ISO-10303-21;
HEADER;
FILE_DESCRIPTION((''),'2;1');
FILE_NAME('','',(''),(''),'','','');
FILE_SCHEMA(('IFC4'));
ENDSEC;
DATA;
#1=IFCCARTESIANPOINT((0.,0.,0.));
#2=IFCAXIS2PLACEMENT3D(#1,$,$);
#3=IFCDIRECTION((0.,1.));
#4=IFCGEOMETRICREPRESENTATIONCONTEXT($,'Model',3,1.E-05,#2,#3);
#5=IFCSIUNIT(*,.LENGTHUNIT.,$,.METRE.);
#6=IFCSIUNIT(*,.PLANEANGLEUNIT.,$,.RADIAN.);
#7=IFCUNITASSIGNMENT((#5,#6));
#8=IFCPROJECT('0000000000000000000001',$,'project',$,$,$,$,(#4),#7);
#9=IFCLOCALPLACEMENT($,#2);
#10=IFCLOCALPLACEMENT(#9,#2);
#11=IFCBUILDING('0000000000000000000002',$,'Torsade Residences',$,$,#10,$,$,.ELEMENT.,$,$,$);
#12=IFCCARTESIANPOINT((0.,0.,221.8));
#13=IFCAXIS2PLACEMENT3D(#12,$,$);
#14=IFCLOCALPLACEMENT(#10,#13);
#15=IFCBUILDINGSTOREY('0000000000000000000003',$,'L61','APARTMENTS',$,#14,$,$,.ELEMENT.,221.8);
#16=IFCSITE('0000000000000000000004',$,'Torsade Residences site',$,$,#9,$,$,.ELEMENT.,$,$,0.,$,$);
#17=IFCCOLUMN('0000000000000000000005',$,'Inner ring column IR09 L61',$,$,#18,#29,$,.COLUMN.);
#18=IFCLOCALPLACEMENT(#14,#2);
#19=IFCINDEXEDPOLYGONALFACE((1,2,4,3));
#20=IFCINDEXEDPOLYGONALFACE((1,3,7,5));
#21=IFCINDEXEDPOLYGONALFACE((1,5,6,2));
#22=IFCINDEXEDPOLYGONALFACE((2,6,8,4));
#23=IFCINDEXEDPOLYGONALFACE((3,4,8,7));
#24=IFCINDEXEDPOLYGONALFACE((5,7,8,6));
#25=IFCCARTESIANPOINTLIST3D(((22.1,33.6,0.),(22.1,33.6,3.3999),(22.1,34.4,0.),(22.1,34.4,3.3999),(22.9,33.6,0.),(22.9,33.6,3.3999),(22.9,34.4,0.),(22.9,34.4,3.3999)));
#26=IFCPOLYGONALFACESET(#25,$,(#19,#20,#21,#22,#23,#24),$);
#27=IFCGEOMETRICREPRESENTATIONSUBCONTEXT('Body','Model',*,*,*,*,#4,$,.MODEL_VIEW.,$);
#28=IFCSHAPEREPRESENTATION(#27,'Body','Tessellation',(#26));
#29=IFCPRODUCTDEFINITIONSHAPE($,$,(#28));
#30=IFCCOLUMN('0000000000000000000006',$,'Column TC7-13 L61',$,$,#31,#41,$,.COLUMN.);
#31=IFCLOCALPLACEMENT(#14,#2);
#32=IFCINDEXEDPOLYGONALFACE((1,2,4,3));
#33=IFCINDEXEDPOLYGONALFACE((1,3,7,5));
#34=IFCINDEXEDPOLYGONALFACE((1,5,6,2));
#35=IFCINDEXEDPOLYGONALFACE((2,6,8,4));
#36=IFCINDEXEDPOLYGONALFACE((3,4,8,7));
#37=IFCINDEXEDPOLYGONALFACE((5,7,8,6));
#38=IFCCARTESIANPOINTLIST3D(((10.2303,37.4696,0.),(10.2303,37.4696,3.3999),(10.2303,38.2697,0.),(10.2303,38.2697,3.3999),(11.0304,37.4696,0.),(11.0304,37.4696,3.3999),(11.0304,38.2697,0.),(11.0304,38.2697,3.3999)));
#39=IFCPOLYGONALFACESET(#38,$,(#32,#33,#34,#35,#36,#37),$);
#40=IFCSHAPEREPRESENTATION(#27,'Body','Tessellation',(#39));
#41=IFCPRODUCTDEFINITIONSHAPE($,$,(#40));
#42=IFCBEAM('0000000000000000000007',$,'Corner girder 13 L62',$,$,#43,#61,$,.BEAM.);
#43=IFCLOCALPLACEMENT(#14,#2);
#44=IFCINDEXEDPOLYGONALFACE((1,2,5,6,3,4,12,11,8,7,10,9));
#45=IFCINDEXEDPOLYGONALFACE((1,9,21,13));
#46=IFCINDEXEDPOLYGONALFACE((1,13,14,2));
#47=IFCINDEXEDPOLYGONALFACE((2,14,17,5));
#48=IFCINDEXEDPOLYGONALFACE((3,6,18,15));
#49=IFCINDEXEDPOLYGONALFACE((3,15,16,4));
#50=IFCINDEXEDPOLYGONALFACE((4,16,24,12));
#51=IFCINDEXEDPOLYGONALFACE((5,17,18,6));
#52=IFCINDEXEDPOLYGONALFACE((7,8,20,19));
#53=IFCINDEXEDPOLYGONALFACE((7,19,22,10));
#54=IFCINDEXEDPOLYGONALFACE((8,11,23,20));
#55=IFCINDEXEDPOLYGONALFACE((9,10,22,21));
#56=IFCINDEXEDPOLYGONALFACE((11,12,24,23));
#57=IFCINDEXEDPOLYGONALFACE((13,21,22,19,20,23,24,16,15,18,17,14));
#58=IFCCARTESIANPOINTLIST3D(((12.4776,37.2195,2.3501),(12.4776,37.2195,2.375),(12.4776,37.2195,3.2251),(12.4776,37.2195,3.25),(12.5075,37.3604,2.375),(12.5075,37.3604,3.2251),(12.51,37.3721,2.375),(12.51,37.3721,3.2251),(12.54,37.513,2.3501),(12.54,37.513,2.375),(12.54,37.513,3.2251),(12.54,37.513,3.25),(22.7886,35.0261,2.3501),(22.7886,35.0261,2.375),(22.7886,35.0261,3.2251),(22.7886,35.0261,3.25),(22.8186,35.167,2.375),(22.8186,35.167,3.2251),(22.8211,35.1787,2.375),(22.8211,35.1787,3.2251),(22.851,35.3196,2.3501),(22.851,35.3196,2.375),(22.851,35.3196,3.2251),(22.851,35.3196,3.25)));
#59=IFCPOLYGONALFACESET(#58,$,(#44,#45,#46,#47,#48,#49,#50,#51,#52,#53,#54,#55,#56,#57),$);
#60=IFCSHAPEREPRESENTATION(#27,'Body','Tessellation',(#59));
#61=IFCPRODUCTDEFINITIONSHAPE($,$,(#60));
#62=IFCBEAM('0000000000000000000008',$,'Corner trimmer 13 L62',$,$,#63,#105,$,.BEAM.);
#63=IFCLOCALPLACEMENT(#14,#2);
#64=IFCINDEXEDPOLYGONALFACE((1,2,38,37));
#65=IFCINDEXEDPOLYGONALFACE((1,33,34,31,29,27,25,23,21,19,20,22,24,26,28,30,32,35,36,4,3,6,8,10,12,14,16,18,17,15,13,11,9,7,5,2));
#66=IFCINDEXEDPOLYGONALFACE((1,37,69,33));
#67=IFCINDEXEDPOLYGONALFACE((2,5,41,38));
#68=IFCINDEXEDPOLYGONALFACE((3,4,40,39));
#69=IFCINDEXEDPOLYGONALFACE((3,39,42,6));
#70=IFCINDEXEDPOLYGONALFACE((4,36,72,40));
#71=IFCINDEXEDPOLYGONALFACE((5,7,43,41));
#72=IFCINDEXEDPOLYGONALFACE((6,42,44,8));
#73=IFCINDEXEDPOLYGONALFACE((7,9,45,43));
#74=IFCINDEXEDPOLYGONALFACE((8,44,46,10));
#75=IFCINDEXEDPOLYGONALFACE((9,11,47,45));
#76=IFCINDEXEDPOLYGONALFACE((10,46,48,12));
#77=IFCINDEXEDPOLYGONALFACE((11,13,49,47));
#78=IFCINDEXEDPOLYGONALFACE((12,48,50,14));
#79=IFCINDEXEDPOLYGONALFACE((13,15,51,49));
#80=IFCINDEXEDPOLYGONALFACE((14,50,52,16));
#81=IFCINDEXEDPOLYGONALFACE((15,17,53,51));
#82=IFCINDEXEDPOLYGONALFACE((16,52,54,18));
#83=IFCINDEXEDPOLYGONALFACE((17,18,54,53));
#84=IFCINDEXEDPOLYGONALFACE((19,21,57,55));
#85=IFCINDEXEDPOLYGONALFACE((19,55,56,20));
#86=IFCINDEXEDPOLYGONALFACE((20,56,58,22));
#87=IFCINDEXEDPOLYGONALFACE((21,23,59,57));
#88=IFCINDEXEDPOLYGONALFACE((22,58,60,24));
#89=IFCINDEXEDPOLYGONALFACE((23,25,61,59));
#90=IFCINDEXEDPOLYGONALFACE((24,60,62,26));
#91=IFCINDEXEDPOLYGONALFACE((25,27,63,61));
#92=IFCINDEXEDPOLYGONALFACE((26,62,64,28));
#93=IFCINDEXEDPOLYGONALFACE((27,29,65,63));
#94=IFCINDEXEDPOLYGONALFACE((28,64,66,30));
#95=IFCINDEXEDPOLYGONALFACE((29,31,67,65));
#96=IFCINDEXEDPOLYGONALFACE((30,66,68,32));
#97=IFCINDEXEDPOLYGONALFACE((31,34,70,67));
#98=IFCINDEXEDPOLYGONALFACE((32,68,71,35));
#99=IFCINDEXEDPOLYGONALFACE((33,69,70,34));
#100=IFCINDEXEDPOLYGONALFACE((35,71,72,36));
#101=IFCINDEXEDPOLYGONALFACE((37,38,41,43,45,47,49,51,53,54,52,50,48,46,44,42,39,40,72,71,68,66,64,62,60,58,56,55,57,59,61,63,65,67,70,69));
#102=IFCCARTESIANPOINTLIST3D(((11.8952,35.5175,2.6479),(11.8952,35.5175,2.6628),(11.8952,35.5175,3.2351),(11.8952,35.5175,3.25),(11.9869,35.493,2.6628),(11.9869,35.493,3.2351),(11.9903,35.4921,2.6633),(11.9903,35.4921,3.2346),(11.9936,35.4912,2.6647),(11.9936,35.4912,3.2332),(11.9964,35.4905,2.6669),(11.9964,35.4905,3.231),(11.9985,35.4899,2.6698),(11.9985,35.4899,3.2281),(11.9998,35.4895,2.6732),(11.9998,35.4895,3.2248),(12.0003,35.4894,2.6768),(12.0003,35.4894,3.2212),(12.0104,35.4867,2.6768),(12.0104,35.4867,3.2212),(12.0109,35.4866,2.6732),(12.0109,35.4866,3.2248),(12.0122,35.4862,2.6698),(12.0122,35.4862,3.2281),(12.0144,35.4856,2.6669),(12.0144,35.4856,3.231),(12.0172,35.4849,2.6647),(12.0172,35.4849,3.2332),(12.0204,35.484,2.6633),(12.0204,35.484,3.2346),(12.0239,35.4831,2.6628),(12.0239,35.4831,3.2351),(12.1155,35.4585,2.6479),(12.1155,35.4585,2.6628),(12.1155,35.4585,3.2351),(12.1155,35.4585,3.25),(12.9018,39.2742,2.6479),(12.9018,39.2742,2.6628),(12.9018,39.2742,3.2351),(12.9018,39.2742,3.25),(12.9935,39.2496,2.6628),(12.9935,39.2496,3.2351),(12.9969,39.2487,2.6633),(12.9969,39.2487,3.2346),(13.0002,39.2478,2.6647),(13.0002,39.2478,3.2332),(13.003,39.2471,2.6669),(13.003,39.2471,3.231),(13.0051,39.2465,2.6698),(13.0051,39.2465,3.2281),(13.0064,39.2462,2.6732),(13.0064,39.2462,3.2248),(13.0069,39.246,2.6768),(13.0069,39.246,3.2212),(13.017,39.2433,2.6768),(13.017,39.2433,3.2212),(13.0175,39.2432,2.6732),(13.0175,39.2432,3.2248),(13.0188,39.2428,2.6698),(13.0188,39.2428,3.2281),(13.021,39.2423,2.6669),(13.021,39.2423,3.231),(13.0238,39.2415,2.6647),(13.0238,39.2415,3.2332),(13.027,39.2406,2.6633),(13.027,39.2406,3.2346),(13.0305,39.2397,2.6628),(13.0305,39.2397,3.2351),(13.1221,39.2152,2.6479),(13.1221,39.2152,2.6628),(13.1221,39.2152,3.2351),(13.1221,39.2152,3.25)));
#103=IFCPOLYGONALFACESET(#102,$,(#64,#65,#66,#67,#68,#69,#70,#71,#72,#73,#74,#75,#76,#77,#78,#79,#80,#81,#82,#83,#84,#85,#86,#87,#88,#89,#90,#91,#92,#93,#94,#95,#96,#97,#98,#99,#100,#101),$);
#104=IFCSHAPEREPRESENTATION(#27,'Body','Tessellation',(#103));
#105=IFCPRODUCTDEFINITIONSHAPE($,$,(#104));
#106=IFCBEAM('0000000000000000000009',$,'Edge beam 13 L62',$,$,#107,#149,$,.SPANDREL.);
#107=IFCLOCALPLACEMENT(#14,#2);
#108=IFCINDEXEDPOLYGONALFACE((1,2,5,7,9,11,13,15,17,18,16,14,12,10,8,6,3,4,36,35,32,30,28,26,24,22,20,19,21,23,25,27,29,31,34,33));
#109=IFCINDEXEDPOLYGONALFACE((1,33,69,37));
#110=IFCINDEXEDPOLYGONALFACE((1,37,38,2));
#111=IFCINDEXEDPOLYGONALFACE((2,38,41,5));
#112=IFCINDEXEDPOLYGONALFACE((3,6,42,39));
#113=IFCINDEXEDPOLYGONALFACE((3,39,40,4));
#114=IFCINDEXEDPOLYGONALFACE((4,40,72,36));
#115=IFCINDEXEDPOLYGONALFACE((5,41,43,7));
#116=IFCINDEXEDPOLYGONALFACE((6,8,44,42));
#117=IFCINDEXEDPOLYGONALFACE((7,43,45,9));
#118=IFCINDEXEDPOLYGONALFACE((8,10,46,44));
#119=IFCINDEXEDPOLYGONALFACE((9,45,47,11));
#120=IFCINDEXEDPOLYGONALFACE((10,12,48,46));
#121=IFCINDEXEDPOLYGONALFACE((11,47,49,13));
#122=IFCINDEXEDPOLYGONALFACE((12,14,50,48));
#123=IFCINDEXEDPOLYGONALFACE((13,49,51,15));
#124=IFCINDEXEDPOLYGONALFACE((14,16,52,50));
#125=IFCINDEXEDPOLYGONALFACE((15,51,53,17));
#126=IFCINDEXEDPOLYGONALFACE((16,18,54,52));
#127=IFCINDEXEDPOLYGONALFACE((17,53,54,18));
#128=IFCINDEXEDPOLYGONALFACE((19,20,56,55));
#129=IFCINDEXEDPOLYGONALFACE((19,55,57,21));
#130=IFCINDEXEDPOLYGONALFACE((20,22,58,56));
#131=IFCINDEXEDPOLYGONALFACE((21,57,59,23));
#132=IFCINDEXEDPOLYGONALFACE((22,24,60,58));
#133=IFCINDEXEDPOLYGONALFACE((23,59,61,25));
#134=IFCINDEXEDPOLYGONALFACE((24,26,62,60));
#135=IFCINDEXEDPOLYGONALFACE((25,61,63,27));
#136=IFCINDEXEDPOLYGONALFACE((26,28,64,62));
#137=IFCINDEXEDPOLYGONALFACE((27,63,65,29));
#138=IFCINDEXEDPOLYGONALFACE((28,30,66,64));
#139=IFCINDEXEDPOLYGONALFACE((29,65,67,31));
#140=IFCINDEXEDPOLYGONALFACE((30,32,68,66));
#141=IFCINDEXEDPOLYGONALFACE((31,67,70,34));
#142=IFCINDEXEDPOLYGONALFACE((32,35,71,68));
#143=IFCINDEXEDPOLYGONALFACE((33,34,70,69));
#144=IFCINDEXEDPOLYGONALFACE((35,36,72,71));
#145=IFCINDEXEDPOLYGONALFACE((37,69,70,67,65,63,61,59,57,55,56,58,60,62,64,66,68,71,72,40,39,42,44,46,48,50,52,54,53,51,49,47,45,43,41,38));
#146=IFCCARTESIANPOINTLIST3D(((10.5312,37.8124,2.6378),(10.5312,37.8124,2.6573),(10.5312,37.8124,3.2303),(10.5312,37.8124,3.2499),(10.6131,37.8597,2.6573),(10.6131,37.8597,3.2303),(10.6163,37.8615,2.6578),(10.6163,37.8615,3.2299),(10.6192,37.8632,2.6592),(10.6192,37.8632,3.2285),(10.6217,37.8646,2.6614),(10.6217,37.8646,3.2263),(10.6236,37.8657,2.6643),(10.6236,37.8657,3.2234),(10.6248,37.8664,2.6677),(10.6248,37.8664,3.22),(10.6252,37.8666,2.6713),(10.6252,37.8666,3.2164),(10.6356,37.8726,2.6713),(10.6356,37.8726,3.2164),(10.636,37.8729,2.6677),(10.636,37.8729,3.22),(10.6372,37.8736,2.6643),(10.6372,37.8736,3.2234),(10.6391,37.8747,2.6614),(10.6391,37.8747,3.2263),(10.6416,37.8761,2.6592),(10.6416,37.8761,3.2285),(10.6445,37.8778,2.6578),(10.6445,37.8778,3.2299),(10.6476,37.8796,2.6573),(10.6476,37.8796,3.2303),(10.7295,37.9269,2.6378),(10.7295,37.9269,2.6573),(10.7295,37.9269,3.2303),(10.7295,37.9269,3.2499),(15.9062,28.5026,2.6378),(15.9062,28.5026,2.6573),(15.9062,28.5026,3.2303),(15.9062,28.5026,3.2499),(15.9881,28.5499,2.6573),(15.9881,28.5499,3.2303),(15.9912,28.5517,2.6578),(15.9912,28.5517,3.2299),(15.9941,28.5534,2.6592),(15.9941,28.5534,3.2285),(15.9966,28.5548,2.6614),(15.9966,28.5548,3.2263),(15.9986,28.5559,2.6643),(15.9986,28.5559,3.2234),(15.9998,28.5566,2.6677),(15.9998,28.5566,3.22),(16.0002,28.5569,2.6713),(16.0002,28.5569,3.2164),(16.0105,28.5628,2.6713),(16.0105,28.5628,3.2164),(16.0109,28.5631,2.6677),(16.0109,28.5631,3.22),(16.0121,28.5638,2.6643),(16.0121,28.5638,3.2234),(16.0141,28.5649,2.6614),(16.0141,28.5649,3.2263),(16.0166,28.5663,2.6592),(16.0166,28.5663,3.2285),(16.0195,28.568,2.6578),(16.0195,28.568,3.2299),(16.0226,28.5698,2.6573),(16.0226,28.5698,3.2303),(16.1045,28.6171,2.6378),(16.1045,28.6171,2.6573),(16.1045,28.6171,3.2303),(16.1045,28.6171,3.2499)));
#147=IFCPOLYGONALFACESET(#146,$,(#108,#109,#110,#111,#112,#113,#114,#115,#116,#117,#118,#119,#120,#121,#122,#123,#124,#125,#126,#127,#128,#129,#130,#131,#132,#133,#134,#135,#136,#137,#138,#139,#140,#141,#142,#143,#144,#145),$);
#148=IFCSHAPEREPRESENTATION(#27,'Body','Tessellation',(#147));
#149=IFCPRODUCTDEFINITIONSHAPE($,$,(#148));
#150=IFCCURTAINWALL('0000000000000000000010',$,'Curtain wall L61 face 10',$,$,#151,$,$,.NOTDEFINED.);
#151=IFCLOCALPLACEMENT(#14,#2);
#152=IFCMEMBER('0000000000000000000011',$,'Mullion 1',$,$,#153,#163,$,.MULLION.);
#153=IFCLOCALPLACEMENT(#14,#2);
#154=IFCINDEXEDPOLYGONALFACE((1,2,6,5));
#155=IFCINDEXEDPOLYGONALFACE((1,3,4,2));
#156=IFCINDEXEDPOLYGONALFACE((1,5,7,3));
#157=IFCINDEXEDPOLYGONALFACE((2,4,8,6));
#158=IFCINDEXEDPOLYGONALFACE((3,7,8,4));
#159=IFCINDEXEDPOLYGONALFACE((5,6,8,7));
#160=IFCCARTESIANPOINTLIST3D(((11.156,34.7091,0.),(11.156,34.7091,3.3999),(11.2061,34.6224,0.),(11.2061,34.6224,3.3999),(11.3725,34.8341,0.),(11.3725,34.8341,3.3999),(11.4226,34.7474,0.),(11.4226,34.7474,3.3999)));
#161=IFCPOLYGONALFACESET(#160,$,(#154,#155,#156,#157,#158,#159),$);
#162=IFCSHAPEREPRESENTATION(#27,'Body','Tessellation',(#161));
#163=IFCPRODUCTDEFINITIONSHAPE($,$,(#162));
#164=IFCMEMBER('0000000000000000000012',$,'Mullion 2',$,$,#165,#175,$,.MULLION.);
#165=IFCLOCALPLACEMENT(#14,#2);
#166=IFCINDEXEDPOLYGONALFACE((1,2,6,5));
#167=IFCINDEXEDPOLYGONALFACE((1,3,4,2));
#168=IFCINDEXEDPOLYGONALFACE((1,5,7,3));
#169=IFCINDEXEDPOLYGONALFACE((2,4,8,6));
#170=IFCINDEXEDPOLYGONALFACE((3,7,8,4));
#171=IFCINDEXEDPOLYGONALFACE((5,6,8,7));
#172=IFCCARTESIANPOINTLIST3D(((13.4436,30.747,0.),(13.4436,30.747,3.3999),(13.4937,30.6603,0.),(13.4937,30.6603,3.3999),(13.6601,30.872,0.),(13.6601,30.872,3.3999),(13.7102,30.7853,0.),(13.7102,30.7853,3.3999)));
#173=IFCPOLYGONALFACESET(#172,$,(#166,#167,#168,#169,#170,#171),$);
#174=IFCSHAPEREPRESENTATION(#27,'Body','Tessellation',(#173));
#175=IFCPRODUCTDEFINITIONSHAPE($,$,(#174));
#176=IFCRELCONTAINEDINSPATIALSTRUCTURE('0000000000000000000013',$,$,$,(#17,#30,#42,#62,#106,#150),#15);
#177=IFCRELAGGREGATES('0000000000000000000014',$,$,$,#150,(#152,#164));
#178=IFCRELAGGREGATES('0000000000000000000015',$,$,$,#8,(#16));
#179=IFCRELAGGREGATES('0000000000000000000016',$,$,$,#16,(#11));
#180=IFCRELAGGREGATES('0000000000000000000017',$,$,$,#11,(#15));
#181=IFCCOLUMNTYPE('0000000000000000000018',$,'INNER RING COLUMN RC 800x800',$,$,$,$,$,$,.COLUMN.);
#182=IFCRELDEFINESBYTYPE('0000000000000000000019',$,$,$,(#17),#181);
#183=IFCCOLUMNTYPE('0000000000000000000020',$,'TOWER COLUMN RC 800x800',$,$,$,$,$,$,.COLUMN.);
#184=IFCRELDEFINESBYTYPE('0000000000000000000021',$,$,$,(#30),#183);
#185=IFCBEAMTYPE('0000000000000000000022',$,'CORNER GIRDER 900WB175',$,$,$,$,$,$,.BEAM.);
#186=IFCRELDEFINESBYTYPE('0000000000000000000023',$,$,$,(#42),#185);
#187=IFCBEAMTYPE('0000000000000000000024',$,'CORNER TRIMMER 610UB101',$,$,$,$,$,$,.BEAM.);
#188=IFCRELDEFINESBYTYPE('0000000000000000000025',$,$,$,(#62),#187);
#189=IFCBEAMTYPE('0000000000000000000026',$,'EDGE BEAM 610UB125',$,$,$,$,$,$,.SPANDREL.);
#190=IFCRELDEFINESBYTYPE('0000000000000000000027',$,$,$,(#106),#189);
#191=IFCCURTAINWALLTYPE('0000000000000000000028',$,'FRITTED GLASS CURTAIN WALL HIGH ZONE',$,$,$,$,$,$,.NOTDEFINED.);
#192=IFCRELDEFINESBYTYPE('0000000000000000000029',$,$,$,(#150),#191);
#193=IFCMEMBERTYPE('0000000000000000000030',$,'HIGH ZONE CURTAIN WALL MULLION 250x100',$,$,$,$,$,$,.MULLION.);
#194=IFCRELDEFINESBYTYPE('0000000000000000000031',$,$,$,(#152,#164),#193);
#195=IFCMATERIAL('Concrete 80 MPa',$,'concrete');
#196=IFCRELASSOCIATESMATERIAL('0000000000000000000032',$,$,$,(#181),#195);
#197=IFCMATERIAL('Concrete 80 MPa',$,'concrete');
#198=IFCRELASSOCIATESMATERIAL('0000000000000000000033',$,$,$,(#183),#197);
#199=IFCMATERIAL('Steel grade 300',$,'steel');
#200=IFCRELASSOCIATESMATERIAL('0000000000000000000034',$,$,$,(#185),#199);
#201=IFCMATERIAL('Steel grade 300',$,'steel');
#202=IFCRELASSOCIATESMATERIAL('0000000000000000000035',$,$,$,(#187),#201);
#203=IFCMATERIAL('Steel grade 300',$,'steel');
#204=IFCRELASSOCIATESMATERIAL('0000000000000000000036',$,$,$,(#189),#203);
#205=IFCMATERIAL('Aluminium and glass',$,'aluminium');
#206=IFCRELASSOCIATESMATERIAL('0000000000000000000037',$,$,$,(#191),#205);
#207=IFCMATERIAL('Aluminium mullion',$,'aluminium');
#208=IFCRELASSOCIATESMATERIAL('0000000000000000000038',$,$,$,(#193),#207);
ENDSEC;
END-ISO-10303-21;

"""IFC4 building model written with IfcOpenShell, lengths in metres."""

from ifc_helpers import new_model, si_unit, direction, frame, origin, origin_2d, place, context, subcontext, project, spatial, rectangle, i_section, extrude, material, material_profile, profile_set, type_object, element, aggregate, save


model = new_model("IFC4")

# Units and contexts
model_context = context("Model", 3, precision=1e-05, world=origin(), true_north=direction((0.0, 1.0)))
body_context = subcontext(model_context, "Body", "Model", "MODEL_VIEW")
ifc_project = project(units=[si_unit("LENGTHUNIT", "METRE"), si_unit("PLANEANGLEUNIT", "RADIAN")], contexts=[model_context])

# Site, building, storey
site_placement = place(None, origin())
site = spatial("IfcSite", under=ifc_project, at=site_placement, Name="Torsade Residences site", CompositionType="ELEMENT", RefElevation=0.0)
building_placement = place(site_placement, origin())
building = spatial("IfcBuilding", under=site, at=building_placement, Name="Torsade Residences", CompositionType="ELEMENT")
storey_placement = place(building_placement, frame((0.0, 0.0, 221.8)))
storey = spatial("IfcBuildingStorey", under=building, at=storey_placement, Name="L61", Description="APARTMENTS", CompositionType="ELEMENT", Elevation=221.8)

# Columns
ifc_material_1 = material(Name="Concrete 80 MPa", Category="concrete")
ifc_material_profile_1 = material_profile(ifc_material_1, rectangle(XDim=0.8, YDim=0.8, at=origin_2d()), Name="RC 800x800")
ifc_profile_set_1 = profile_set([ifc_material_profile_1], Name="Concrete 80 MPa")
column_type_1 = type_object("IfcColumnType", Name="INNER RING COLUMN RC 800x800", PredefinedType="COLUMN", material=ifc_profile_set_1)
column_1_placement = place(storey_placement, frame((22.5, 34.0, 0.0), z_axis=(0.0, 0.0, 1.0), x_axis=(1.0, 0.0, 0.0)))
element("IfcColumn", 1, at=column_1_placement, inside=storey, type_object=column_type_1, Name="Inner ring column IR09 L61", PredefinedType="COLUMN", context=body_context, shape_type="SweptSolid", body=[
    extrude(rectangle(XDim=0.8, YDim=0.8, at=origin_2d()), origin(), (0.0, 0.0, 1.0), 3.3999),
])
ifc_material_2 = material(Name="Concrete 80 MPa", Category="concrete")
ifc_material_profile_2 = material_profile(ifc_material_2, rectangle(XDim=0.8, YDim=0.8, at=origin_2d()), Name="RC 800x800")
ifc_profile_set_2 = profile_set([ifc_material_profile_2], Name="Concrete 80 MPa")
column_type_2 = type_object("IfcColumnType", Name="TOWER COLUMN RC 800x800", PredefinedType="COLUMN", material=ifc_profile_set_2)
column_2_placement = place(storey_placement, frame((10.6304, 37.8696, 0.0), z_axis=(0.0, 0.0, 1.0), x_axis=(1.0, 0.0, 0.0)))
element("IfcColumn", 2, at=column_2_placement, inside=storey, type_object=column_type_2, Name="Column TC7-13 L61", PredefinedType="COLUMN", context=body_context, shape_type="SweptSolid", body=[
    extrude(rectangle(XDim=0.8, YDim=0.8, at=origin_2d()), origin(), (0.0, 0.0, 1.0), 3.3999),
])

# Beams
ifc_material_3 = material(Name="Steel grade 300", Category="steel")
ifc_material_profile_3 = material_profile(ifc_material_3, i_section(OverallWidth=0.3, OverallDepth=0.8999, WebThickness=0.012, FlangeThickness=0.0249, at=origin_2d()), Name="900WB175")
ifc_profile_set_3 = profile_set([ifc_material_profile_3], Name="Steel grade 300")
beam_type_1 = type_object("IfcBeamType", Name="CORNER GIRDER 900WB175", PredefinedType="BEAM", material=ifc_profile_set_3)
beam_1_placement = place(storey_placement, frame((12.5088, 37.3662, 2.8), z_axis=(0.978115, -0.208064, 0.0), x_axis=(0.208064, 0.978115, 0.0)))
element("IfcBeam", 3, at=beam_1_placement, inside=storey, type_object=beam_type_1, Name="Corner girder 13 L62", PredefinedType="BEAM", context=body_context, shape_type="SweptSolid", body=[
    extrude(i_section(OverallWidth=0.3, OverallDepth=0.8999, WebThickness=0.012, FlangeThickness=0.0249, at=origin_2d()), origin(), (0.0, 0.0, 1.0), 10.5417),
])
ifc_material_4 = material(Name="Steel grade 300", Category="steel")
ifc_material_profile_4 = material_profile(ifc_material_4, i_section(OverallWidth=0.228, OverallDepth=0.6021, WebThickness=0.0105, FlangeThickness=0.0149, FilletRadius=0.0139, at=origin_2d()), Name="610UB101")
ifc_profile_set_4 = profile_set([ifc_material_profile_4], Name="Steel grade 300")
beam_type_2 = type_object("IfcBeamType", Name="CORNER TRIMMER 610UB101", PredefinedType="BEAM", material=ifc_profile_set_4)
beam_2_placement = place(storey_placement, frame((12.0054, 35.488, 2.949), z_axis=(0.258823, 0.965925, 0.0), x_axis=(-0.965925, 0.258823, 0.0)))
element("IfcBeam", 4, at=beam_2_placement, inside=storey, type_object=beam_type_2, Name="Corner trimmer 13 L62", PredefinedType="BEAM", context=body_context, shape_type="SweptSolid", body=[
    extrude(i_section(OverallWidth=0.228, OverallDepth=0.6021, WebThickness=0.0105, FlangeThickness=0.0149, FilletRadius=0.0139, at=origin_2d()), origin(), (0.0, 0.0, 1.0), 3.8892),
])
ifc_material_5 = material(Name="Steel grade 300", Category="steel")
ifc_material_profile_5 = material_profile(ifc_material_5, i_section(OverallWidth=0.229, OverallDepth=0.6121, WebThickness=0.012, FlangeThickness=0.0195, FilletRadius=0.0139, at=origin_2d()), Name="610UB125")
ifc_profile_set_5 = profile_set([ifc_material_profile_5], Name="Steel grade 300")
beam_type_3 = type_object("IfcBeamType", Name="EDGE BEAM 610UB125", PredefinedType="SPANDREL", material=ifc_profile_set_5)
beam_3_placement = place(storey_placement, frame((10.6304, 37.8696, 2.9438), z_axis=(0.499998, -0.866026, 0.0), x_axis=(0.866026, 0.499998, 0.0)))
element("IfcBeam", 5, at=beam_3_placement, inside=storey, type_object=beam_type_3, Name="Edge beam 13 L62", PredefinedType="SPANDREL", context=body_context, shape_type="SweptSolid", body=[
    extrude(i_section(OverallWidth=0.229, OverallDepth=0.6121, WebThickness=0.012, FlangeThickness=0.0195, FilletRadius=0.0139, at=origin_2d()), origin(), (0.0, 0.0, 1.0), 10.75),
])

# Curtain wall, members
ifc_material_6 = material(Name="Aluminium and glass", Category="aluminium")
curtain_wall_type = type_object("IfcCurtainWallType", Name="FRITTED GLASS CURTAIN WALL HIGH ZONE", PredefinedType="NOTDEFINED", material=ifc_material_6)
curtain_wall_placement = place(storey_placement, origin())
curtain_wall = element("IfcCurtainWall", 6, at=curtain_wall_placement, inside=storey, type_object=curtain_wall_type, Name="Curtain wall L61 face 10", PredefinedType="NOTDEFINED")
ifc_material_7 = material(Name="Aluminium mullion", Category="aluminium")
ifc_material_profile_6 = material_profile(ifc_material_7, rectangle(XDim=0.25, YDim=0.1001, at=origin_2d()), Name="HIGH ZONE CURTAIN WALL MULLION 250x100")
ifc_profile_set_6 = profile_set([ifc_material_profile_6], Name="Aluminium mullion")
member_type_1 = type_object("IfcMemberType", Name="HIGH ZONE CURTAIN WALL MULLION 250x100", PredefinedType="MULLION", material=ifc_profile_set_6)
member_1_placement = place(storey_placement, frame((11.2893, 34.7283, 0.0), z_axis=(0.0, 0.0, 1.0), x_axis=(0.866025, 0.5, 0.0)))
member_1 = element("IfcMember", 7, at=member_1_placement, type_object=member_type_1, Name="Mullion 1", PredefinedType="MULLION", context=body_context, shape_type="SweptSolid", body=[
    extrude(rectangle(XDim=0.25, YDim=0.1001, at=origin_2d()), origin(), (0.0, 0.0, 1.0), 3.3999),
])
member_2_placement = place(storey_placement, frame((13.5769, 30.7661, 0.0), z_axis=(0.0, 0.0, 1.0), x_axis=(0.866025, 0.5, 0.0)))
member_2 = element("IfcMember", 8, at=member_2_placement, type_object=member_type_1, Name="Mullion 2", PredefinedType="MULLION", context=body_context, shape_type="SweptSolid", body=[
    extrude(rectangle(XDim=0.25, YDim=0.1001, at=origin_2d()), origin(), (0.0, 0.0, 1.0), 3.3999),
])

aggregate(curtain_wall, [member_1, member_2])

save(model, "model.ifc")
